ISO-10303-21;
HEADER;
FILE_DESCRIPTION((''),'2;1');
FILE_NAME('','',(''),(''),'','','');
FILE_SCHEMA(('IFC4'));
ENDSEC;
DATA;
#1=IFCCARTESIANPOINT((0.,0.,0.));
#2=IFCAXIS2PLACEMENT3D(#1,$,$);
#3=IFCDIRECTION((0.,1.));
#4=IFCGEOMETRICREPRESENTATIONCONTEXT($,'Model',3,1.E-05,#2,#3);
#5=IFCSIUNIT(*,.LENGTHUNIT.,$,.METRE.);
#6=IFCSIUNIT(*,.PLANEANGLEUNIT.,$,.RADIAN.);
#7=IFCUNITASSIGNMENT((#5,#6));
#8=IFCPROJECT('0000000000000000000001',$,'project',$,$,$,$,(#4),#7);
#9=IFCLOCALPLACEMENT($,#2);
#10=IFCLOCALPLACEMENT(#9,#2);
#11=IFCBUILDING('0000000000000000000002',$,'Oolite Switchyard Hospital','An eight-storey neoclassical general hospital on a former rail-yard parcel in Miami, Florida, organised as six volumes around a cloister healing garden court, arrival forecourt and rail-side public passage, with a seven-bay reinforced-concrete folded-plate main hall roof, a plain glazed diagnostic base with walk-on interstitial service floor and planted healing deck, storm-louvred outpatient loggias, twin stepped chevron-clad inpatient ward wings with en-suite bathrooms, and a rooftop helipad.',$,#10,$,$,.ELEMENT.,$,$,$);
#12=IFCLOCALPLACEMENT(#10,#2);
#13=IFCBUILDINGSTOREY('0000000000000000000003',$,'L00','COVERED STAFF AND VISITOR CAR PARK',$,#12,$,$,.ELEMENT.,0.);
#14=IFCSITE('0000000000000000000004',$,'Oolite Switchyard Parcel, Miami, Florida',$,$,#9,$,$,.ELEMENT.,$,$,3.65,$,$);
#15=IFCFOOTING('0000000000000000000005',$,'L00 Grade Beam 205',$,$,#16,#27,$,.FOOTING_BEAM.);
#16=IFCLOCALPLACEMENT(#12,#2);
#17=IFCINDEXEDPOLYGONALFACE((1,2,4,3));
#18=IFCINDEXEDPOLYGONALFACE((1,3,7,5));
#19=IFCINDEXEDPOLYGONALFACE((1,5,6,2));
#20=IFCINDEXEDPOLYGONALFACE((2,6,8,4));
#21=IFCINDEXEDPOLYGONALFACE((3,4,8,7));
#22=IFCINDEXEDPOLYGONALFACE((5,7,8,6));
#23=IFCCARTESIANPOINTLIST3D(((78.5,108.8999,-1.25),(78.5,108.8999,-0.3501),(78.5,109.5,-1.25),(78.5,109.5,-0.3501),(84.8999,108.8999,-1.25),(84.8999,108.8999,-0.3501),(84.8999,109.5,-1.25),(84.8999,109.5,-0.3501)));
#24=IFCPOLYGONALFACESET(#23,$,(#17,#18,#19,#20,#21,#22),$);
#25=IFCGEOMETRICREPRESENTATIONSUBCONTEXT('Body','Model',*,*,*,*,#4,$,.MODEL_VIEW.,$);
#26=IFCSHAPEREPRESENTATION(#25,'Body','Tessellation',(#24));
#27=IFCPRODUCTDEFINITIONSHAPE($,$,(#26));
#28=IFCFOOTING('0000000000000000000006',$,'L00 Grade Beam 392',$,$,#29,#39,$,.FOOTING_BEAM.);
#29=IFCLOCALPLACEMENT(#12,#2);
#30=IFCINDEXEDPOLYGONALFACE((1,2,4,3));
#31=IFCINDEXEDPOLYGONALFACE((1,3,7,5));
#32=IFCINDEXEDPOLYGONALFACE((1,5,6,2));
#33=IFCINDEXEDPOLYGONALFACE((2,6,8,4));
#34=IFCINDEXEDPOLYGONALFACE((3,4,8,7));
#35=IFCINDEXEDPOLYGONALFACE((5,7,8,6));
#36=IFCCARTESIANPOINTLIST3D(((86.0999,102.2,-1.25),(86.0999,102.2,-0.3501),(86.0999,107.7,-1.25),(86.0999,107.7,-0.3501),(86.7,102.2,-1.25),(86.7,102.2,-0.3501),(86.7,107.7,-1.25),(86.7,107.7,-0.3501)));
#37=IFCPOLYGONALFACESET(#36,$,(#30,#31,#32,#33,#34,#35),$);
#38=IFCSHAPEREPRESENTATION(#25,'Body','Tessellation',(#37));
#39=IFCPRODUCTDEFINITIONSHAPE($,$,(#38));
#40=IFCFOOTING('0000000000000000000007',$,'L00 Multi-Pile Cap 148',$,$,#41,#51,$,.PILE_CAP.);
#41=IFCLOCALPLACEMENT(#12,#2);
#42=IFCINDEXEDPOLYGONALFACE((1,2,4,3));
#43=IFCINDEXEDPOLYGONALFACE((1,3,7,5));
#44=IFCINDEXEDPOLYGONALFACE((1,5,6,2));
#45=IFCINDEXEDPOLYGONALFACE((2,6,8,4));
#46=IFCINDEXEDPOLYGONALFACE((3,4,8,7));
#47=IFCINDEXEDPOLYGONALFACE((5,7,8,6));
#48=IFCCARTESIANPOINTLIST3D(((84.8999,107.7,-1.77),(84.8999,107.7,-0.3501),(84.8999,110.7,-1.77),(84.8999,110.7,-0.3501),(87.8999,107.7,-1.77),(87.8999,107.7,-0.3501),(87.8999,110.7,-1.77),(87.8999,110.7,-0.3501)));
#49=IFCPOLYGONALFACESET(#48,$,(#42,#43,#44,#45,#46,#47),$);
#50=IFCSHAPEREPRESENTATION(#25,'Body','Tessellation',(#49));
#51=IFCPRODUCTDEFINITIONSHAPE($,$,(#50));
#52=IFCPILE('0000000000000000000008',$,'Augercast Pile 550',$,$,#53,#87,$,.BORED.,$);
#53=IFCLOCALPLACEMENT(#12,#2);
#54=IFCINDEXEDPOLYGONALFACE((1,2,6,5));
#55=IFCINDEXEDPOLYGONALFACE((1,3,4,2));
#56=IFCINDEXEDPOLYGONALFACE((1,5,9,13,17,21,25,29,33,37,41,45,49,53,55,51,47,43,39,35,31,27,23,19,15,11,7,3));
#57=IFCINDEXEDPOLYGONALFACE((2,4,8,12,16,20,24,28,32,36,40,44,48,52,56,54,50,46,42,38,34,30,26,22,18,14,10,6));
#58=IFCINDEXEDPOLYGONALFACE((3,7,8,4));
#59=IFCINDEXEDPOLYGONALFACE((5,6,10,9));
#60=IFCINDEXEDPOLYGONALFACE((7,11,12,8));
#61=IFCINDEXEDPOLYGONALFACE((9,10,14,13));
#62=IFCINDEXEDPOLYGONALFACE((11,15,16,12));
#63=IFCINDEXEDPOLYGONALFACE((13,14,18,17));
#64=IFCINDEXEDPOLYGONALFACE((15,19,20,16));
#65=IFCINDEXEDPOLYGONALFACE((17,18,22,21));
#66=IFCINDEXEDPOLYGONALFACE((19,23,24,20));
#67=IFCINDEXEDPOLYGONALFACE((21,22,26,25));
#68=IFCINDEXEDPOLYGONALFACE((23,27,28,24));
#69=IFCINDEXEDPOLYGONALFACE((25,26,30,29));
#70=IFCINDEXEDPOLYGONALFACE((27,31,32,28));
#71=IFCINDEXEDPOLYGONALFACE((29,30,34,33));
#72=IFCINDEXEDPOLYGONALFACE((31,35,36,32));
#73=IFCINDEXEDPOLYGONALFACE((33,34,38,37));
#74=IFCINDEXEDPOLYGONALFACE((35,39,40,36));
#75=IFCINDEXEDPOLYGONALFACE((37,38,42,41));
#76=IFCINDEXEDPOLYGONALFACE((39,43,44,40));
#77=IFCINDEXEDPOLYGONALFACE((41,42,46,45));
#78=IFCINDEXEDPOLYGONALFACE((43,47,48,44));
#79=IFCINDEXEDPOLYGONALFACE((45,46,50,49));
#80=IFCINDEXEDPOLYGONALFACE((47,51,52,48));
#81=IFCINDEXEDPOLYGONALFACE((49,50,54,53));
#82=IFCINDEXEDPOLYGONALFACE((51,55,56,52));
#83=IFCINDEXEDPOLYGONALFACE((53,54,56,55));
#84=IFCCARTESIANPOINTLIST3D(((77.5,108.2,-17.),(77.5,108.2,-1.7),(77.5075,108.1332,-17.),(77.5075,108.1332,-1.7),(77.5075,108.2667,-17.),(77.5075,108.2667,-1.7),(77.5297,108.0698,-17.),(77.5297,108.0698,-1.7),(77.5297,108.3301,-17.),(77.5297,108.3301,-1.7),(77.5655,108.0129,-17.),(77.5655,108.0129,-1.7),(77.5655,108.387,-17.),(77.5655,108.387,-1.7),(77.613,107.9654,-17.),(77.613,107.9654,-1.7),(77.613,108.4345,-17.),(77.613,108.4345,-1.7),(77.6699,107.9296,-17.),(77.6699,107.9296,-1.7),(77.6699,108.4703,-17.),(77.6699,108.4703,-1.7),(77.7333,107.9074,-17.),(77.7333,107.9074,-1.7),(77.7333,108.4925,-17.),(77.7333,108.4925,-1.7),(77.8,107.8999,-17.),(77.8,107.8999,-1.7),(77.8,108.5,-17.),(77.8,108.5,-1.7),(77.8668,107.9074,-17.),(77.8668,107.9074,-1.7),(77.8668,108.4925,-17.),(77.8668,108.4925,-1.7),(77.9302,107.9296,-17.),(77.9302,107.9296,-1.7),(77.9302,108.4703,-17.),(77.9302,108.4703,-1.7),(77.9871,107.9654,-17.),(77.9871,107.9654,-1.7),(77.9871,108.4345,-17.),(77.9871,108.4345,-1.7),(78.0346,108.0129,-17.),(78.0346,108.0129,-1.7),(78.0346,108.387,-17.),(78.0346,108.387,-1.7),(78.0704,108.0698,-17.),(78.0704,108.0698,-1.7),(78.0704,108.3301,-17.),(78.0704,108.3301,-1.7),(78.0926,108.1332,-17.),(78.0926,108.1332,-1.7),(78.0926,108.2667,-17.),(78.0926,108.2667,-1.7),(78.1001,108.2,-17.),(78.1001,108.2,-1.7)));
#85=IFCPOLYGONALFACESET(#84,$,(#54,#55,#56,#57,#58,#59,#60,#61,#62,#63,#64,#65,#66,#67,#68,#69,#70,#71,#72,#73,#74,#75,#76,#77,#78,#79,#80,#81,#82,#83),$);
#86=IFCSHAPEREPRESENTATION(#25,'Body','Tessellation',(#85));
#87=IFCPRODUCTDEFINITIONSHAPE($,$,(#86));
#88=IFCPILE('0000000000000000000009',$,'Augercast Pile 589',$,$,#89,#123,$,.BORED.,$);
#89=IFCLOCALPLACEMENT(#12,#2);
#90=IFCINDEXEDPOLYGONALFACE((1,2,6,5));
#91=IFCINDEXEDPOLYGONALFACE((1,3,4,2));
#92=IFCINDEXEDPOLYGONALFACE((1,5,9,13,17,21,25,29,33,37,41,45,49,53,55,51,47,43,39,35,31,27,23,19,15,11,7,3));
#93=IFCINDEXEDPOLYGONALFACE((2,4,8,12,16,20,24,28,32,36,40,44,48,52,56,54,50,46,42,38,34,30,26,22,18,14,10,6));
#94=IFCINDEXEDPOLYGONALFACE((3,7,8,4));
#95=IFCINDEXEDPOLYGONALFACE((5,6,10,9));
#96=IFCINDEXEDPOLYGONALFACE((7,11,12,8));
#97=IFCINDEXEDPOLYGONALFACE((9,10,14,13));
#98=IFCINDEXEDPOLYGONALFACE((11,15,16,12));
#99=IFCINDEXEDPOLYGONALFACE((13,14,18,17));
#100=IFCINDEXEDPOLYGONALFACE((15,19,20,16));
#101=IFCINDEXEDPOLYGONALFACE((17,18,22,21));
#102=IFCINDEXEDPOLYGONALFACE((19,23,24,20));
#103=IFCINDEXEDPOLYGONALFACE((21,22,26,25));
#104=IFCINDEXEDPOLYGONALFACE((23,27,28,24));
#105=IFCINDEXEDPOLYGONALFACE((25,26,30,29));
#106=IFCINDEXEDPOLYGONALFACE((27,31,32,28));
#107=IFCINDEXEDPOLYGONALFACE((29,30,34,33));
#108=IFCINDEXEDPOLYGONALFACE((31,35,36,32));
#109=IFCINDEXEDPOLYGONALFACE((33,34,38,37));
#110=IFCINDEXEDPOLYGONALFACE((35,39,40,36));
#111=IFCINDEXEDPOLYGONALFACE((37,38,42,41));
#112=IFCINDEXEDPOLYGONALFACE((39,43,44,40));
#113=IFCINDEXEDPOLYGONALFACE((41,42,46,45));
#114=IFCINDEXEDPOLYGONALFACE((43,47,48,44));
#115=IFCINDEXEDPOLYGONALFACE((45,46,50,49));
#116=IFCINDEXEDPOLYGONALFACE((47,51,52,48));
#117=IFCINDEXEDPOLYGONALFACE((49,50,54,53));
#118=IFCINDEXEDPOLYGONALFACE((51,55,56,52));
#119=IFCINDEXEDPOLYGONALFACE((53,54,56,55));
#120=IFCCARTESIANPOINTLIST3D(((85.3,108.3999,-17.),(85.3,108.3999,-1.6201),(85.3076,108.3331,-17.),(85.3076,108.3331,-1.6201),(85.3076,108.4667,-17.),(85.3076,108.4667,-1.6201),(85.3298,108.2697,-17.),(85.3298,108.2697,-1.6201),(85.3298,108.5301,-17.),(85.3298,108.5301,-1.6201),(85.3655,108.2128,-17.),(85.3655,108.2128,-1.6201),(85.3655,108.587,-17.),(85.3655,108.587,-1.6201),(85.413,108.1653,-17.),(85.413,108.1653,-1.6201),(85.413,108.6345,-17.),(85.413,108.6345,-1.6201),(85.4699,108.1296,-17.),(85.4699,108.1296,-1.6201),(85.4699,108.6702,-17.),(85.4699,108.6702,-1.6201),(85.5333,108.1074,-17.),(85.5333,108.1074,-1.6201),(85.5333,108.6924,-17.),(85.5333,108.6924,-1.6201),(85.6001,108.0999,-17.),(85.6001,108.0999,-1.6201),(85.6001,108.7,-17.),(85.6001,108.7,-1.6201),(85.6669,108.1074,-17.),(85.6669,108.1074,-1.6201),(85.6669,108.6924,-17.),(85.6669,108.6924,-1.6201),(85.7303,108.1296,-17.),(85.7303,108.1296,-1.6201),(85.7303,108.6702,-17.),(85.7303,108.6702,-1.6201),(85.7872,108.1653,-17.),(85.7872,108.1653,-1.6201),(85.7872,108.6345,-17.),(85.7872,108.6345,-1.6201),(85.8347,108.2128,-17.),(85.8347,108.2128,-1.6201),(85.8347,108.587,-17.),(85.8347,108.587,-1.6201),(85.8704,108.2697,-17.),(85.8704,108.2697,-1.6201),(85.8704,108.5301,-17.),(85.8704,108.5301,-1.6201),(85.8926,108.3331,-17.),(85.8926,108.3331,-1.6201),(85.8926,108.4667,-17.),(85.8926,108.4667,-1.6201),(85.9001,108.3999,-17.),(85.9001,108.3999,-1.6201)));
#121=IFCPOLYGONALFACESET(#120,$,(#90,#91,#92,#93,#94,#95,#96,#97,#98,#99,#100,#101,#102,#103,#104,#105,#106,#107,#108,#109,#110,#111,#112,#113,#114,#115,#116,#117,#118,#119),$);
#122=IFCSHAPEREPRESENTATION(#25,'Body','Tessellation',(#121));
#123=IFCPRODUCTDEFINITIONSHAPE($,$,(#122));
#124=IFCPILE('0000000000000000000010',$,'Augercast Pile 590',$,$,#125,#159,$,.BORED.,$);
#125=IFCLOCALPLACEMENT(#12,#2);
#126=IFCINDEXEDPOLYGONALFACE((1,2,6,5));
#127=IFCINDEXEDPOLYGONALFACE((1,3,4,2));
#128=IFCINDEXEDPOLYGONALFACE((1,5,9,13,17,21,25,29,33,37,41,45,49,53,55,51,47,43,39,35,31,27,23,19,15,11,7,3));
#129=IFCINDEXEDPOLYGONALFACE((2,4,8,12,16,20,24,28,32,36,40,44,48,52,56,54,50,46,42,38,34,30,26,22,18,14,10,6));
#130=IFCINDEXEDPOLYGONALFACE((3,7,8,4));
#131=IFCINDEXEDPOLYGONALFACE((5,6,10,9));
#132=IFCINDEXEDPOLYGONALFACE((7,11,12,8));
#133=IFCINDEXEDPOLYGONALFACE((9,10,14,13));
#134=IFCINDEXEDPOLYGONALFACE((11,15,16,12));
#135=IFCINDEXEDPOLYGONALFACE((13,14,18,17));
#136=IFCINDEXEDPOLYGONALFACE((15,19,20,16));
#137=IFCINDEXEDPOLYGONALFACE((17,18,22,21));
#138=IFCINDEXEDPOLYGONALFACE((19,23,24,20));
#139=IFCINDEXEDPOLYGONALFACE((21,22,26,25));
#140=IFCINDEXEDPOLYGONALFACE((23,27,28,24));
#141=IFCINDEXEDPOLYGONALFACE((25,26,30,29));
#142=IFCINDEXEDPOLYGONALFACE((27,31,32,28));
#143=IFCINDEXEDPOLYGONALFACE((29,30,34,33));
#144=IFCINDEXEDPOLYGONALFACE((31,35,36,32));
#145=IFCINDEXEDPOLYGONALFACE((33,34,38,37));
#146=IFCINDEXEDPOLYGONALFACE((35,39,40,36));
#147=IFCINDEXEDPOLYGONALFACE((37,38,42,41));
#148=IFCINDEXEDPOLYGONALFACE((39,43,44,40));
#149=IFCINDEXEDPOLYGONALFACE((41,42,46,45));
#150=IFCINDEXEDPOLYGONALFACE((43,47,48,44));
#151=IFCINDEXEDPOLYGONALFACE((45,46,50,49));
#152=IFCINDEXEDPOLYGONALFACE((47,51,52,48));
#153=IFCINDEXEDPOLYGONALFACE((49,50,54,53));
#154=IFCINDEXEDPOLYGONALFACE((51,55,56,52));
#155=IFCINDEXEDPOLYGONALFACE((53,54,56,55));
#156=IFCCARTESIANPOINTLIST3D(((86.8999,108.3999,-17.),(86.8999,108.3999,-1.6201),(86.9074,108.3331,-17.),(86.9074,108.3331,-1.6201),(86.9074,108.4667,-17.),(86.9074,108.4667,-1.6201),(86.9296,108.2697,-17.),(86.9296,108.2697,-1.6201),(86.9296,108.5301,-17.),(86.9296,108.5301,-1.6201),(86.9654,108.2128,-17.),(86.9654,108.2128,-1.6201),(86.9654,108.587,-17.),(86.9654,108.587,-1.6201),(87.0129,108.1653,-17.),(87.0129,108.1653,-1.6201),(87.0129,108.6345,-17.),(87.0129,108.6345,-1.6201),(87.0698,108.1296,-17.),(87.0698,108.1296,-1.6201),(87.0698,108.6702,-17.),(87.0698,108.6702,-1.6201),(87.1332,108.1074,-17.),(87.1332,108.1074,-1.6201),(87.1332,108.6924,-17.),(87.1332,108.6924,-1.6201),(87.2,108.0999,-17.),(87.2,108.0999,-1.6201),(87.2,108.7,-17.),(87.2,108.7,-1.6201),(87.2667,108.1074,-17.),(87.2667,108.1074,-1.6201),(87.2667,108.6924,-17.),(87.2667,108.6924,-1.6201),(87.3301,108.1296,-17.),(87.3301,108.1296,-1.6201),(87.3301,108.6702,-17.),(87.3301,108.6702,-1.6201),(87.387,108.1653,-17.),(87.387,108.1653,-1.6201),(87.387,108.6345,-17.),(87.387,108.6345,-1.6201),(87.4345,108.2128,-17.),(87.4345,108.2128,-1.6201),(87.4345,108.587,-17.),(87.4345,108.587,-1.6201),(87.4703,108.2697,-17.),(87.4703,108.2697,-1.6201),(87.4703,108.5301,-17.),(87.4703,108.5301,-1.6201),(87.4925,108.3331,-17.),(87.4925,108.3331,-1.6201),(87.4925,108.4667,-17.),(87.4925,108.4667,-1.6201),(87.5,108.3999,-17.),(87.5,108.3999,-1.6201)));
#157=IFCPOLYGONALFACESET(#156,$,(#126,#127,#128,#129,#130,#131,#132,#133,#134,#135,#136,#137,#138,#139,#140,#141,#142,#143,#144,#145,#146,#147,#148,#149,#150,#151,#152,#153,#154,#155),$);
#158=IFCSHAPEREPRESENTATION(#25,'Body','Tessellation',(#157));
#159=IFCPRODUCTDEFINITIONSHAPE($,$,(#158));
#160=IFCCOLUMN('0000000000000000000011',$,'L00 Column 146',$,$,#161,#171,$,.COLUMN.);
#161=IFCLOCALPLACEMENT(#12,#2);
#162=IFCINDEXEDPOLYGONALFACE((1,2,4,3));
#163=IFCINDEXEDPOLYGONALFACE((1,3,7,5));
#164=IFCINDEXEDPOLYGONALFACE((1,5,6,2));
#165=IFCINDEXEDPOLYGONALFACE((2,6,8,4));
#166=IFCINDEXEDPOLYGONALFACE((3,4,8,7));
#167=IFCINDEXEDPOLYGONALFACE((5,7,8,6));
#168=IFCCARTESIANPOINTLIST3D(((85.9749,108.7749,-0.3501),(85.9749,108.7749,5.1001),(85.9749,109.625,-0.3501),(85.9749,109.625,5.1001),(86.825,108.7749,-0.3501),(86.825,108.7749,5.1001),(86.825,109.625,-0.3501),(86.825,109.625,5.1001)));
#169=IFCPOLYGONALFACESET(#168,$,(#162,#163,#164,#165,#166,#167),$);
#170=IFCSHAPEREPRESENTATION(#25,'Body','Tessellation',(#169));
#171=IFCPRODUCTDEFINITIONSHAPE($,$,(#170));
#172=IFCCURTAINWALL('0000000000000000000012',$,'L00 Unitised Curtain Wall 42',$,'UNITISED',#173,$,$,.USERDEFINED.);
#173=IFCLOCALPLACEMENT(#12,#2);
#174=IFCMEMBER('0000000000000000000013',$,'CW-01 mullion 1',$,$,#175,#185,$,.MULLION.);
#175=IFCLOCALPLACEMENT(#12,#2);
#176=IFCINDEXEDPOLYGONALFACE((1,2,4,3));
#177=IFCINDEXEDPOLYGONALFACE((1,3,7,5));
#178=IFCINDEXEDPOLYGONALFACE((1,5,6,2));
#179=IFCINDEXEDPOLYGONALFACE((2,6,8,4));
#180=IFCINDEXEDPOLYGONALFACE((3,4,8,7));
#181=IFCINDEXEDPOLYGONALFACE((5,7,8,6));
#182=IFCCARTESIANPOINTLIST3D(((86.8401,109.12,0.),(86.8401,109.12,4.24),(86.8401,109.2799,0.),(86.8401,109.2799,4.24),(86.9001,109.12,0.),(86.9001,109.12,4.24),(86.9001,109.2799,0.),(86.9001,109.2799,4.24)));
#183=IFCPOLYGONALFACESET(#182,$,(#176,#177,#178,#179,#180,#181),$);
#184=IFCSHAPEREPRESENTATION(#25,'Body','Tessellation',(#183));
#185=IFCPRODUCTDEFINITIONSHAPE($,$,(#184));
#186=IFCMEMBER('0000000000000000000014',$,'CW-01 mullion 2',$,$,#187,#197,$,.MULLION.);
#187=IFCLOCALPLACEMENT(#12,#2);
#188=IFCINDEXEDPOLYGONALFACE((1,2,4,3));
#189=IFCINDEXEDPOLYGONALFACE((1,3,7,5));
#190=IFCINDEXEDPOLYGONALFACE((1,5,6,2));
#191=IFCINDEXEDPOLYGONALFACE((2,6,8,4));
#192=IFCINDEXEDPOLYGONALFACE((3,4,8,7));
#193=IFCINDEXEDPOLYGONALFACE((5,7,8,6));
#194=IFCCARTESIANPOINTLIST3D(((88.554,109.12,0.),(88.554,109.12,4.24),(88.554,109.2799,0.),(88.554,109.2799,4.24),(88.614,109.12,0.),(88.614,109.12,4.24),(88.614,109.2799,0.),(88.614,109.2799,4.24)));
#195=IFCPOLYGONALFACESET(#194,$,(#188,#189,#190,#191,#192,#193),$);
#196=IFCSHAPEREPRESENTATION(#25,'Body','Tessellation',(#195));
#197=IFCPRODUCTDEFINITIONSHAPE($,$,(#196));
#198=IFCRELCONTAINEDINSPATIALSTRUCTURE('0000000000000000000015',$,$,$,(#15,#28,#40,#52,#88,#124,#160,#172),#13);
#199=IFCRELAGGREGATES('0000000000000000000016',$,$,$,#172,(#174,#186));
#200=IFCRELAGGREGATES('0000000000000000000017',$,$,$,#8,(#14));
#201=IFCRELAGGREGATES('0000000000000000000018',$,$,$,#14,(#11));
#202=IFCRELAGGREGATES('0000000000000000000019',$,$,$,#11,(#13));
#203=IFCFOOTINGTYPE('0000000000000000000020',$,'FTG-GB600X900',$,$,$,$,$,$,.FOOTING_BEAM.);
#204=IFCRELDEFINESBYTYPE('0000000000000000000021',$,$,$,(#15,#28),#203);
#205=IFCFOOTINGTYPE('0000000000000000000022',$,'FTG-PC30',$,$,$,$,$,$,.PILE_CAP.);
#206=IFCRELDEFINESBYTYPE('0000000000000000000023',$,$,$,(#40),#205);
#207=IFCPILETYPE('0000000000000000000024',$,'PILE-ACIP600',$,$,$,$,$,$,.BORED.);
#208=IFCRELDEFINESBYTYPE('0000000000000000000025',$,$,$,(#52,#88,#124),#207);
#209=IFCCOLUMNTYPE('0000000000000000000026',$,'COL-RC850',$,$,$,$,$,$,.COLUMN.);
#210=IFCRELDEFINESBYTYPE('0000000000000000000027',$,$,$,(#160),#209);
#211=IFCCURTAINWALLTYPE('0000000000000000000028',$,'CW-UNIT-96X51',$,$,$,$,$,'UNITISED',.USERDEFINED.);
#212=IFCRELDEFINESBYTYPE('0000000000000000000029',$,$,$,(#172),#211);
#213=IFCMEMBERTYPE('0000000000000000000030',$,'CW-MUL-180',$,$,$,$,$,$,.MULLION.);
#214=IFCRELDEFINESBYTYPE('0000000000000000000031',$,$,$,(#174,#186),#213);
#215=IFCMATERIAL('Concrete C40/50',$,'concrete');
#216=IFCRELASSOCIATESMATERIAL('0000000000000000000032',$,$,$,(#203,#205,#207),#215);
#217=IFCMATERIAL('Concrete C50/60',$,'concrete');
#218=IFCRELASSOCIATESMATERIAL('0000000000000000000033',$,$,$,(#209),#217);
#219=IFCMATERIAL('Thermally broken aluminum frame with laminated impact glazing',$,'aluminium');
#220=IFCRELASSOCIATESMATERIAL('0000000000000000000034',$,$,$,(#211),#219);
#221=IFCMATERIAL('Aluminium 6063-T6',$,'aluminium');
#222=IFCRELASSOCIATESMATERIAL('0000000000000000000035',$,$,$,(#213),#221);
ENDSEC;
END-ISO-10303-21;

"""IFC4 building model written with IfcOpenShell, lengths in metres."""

from ifc_helpers import new_model, si_unit, direction, frame, origin, origin_2d, place, context, subcontext, project, spatial, rectangle, circle, extrude, material, material_profile, profile_set, type_object, element, aggregate, save


model = new_model("IFC4")

# Units and contexts
model_context = context("Model", 3, precision=1e-05, world=origin(), true_north=direction((0.0, 1.0)))
body_context = subcontext(model_context, "Body", "Model", "MODEL_VIEW")
ifc_project = project(units=[si_unit("LENGTHUNIT", "METRE"), si_unit("PLANEANGLEUNIT", "RADIAN")], contexts=[model_context])

# Site, building, storey
site_placement = place(None, origin())
site = spatial("IfcSite", under=ifc_project, at=site_placement, Name="Oolite Switchyard Parcel, Miami, Florida", CompositionType="ELEMENT", RefElevation=3.65)
building_placement = place(site_placement, origin())
building = spatial("IfcBuilding", under=site, at=building_placement, Name="Oolite Switchyard Hospital", Description="An eight-storey neoclassical general hospital on a former rail-yard parcel in Miami, Florida, organised as six volumes around a cloister healing garden court, arrival forecourt and rail-side public passage, with a seven-bay reinforced-concrete folded-plate main hall roof, a plain glazed diagnostic base with walk-on interstitial service floor and planted healing deck, storm-louvred outpatient loggias, twin stepped chevron-clad inpatient ward wings with en-suite bathrooms, and a rooftop helipad.", CompositionType="ELEMENT")
storey_placement = place(building_placement, origin())
storey = spatial("IfcBuildingStorey", under=building, at=storey_placement, Name="L00", Description="COVERED STAFF AND VISITOR CAR PARK", CompositionType="ELEMENT", Elevation=0.0)

# Footings
ifc_material_1 = material(Name="Concrete C40/50", Category="concrete")
footing_type_1 = type_object("IfcFootingType", Name="FTG-GB600X900", PredefinedType="FOOTING_BEAM", material=ifc_material_1)
footing_1_placement = place(storey_placement, frame((81.7, 109.2, -1.25), z_axis=(0.0, 0.0, 1.0), x_axis=(1.0, 0.0, 0.0)))
element("IfcFooting", 1, at=footing_1_placement, inside=storey, type_object=footing_type_1, Name="L00 Grade Beam 205", PredefinedType="FOOTING_BEAM", context=body_context, shape_type="SweptSolid", body=[
    extrude(rectangle(XDim=6.3999, YDim=0.6001, at=origin_2d()), origin(), (0.0, 0.0, 1.0), 0.8999),
])
footing_2_placement = place(storey_placement, frame((86.3999, 104.95, -1.25), z_axis=(0.0, 0.0, 1.0), x_axis=(0.0, 1.0, 0.0)))
element("IfcFooting", 2, at=footing_2_placement, inside=storey, type_object=footing_type_1, Name="L00 Grade Beam 392", PredefinedType="FOOTING_BEAM", context=body_context, shape_type="SweptSolid", body=[
    extrude(rectangle(XDim=5.5, YDim=0.6001, at=origin_2d()), origin(), (0.0, 0.0, 1.0), 0.8999),
])
footing_type_2 = type_object("IfcFootingType", Name="FTG-PC30", PredefinedType="PILE_CAP", material=ifc_material_1)
footing_3_placement = place(storey_placement, frame((86.3999, 109.2, -1.77), z_axis=(0.0, 0.0, 1.0), x_axis=(1.0, 0.0, 0.0)))
element("IfcFooting", 3, at=footing_3_placement, inside=storey, type_object=footing_type_2, Name="L00 Multi-Pile Cap 148", PredefinedType="PILE_CAP", context=body_context, shape_type="SweptSolid", body=[
    extrude(rectangle(XDim=3.0, YDim=3.0, at=origin_2d()), origin(), (0.0, 0.0, 1.0), 1.4199),
])

# Piles
ifc_material_profile_1 = material_profile(ifc_material_1, circle(Radius=0.3, at=origin_2d()), Name="PILE600")
ifc_profile_set_1 = profile_set([ifc_material_profile_1], Name="Concrete C40/50")
pile_type = type_object("IfcPileType", Name="PILE-ACIP600", PredefinedType="BORED", material=ifc_profile_set_1)
pile_placement = place(storey_placement, frame((77.8, 108.2, -1.7), z_axis=(0.0, 0.0, -1.0), x_axis=(1.0, 0.0, 0.0)))
element("IfcPile", 4, at=pile_placement, inside=storey, type_object=pile_type, Name="Augercast Pile 550", PredefinedType="BORED", context=body_context, shape_type="SweptSolid", body=[
    extrude(circle(Radius=0.3, at=origin_2d()), origin(), (0.0, 0.0, 1.0), 15.3),
])
for number, where, z_axis, x_axis, name in (
    (5, (85.6001, 108.3999, -1.6201), (0.0, 0.0, -1.0), (1.0, 0.0, 0.0), "Augercast Pile 589"),
    (6, (87.2, 108.3999, -1.6201), (0.0, 0.0, -1.0), (1.0, 0.0, 0.0), "Augercast Pile 590"),
):
    element("IfcPile", number, at=place(storey_placement, frame(where, z_axis=z_axis, x_axis=x_axis)), inside=storey, type_object=pile_type, Name=name, PredefinedType="BORED", context=body_context, shape_type="SweptSolid", body=[
        extrude(circle(Radius=0.3, at=origin_2d()), origin(), (0.0, 0.0, 1.0), 15.3799),
    ])

# Column
ifc_material_2 = material(Name="Concrete C50/60", Category="concrete")
ifc_material_profile_2 = material_profile(ifc_material_2, rectangle(XDim=0.8501, YDim=0.8501, at=origin_2d()), Name="RC850X850")
ifc_profile_set_2 = profile_set([ifc_material_profile_2], Name="Concrete C50/60")
column_type = type_object("IfcColumnType", Name="COL-RC850", PredefinedType="COLUMN", material=ifc_profile_set_2)
column_placement = place(storey_placement, frame((86.3999, 109.2, -0.3501), z_axis=(0.0, 0.0, 1.0), x_axis=(1.0, 0.0, 0.0)))
element("IfcColumn", 7, at=column_placement, inside=storey, type_object=column_type, Name="L00 Column 146", PredefinedType="COLUMN", context=body_context, shape_type="SweptSolid", body=[
    extrude(rectangle(XDim=0.8501, YDim=0.8501, at=origin_2d()), origin(), (0.0, 0.0, 1.0), 5.4502),
])

# Curtain wall, members
ifc_material_3 = material(Name="Thermally broken aluminum frame with laminated impact glazing", Category="aluminium")
curtain_wall_type = type_object("IfcCurtainWallType", Name="CW-UNIT-96X51", ElementType="UNITISED", PredefinedType="USERDEFINED", material=ifc_material_3)
curtain_wall_placement = place(storey_placement, origin())
curtain_wall = element("IfcCurtainWall", 8, at=curtain_wall_placement, inside=storey, type_object=curtain_wall_type, Name="L00 Unitised Curtain Wall 42", ObjectType="UNITISED", PredefinedType="USERDEFINED")
ifc_material_4 = material(Name="Aluminium 6063-T6", Category="aluminium")
ifc_material_profile_3 = material_profile(ifc_material_4, rectangle(XDim=0.1599, YDim=0.0601, at=origin_2d()), Name="CWM60X160")
ifc_profile_set_3 = profile_set([ifc_material_profile_3], Name="Aluminium 6063-T6")
member_type_1 = type_object("IfcMemberType", Name="CW-MUL-180", PredefinedType="MULLION", material=ifc_profile_set_3)
member_1_placement = place(storey_placement, frame((86.8701, 109.2, 0.0), z_axis=(0.0, 0.0, 1.0), x_axis=(0.0, 1.0, 0.0)))
member_1 = element("IfcMember", 9, at=member_1_placement, type_object=member_type_1, Name="CW-01 mullion 1", PredefinedType="MULLION", context=body_context, shape_type="SweptSolid", body=[
    extrude(rectangle(XDim=0.1599, YDim=0.0601, at=origin_2d()), origin(), (0.0, 0.0, 1.0), 4.24),
])
member_2_placement = place(storey_placement, frame((88.584, 109.2, 0.0), z_axis=(0.0, 0.0, 1.0), x_axis=(0.0, 1.0, 0.0)))
member_2 = element("IfcMember", 10, at=member_2_placement, type_object=member_type_1, Name="CW-01 mullion 2", PredefinedType="MULLION", context=body_context, shape_type="SweptSolid", body=[
    extrude(rectangle(XDim=0.1599, YDim=0.0601, at=origin_2d()), origin(), (0.0, 0.0, 1.0), 4.24),
])
aggregate(curtain_wall, [member_1, member_2])

save(model, "model.ifc")
